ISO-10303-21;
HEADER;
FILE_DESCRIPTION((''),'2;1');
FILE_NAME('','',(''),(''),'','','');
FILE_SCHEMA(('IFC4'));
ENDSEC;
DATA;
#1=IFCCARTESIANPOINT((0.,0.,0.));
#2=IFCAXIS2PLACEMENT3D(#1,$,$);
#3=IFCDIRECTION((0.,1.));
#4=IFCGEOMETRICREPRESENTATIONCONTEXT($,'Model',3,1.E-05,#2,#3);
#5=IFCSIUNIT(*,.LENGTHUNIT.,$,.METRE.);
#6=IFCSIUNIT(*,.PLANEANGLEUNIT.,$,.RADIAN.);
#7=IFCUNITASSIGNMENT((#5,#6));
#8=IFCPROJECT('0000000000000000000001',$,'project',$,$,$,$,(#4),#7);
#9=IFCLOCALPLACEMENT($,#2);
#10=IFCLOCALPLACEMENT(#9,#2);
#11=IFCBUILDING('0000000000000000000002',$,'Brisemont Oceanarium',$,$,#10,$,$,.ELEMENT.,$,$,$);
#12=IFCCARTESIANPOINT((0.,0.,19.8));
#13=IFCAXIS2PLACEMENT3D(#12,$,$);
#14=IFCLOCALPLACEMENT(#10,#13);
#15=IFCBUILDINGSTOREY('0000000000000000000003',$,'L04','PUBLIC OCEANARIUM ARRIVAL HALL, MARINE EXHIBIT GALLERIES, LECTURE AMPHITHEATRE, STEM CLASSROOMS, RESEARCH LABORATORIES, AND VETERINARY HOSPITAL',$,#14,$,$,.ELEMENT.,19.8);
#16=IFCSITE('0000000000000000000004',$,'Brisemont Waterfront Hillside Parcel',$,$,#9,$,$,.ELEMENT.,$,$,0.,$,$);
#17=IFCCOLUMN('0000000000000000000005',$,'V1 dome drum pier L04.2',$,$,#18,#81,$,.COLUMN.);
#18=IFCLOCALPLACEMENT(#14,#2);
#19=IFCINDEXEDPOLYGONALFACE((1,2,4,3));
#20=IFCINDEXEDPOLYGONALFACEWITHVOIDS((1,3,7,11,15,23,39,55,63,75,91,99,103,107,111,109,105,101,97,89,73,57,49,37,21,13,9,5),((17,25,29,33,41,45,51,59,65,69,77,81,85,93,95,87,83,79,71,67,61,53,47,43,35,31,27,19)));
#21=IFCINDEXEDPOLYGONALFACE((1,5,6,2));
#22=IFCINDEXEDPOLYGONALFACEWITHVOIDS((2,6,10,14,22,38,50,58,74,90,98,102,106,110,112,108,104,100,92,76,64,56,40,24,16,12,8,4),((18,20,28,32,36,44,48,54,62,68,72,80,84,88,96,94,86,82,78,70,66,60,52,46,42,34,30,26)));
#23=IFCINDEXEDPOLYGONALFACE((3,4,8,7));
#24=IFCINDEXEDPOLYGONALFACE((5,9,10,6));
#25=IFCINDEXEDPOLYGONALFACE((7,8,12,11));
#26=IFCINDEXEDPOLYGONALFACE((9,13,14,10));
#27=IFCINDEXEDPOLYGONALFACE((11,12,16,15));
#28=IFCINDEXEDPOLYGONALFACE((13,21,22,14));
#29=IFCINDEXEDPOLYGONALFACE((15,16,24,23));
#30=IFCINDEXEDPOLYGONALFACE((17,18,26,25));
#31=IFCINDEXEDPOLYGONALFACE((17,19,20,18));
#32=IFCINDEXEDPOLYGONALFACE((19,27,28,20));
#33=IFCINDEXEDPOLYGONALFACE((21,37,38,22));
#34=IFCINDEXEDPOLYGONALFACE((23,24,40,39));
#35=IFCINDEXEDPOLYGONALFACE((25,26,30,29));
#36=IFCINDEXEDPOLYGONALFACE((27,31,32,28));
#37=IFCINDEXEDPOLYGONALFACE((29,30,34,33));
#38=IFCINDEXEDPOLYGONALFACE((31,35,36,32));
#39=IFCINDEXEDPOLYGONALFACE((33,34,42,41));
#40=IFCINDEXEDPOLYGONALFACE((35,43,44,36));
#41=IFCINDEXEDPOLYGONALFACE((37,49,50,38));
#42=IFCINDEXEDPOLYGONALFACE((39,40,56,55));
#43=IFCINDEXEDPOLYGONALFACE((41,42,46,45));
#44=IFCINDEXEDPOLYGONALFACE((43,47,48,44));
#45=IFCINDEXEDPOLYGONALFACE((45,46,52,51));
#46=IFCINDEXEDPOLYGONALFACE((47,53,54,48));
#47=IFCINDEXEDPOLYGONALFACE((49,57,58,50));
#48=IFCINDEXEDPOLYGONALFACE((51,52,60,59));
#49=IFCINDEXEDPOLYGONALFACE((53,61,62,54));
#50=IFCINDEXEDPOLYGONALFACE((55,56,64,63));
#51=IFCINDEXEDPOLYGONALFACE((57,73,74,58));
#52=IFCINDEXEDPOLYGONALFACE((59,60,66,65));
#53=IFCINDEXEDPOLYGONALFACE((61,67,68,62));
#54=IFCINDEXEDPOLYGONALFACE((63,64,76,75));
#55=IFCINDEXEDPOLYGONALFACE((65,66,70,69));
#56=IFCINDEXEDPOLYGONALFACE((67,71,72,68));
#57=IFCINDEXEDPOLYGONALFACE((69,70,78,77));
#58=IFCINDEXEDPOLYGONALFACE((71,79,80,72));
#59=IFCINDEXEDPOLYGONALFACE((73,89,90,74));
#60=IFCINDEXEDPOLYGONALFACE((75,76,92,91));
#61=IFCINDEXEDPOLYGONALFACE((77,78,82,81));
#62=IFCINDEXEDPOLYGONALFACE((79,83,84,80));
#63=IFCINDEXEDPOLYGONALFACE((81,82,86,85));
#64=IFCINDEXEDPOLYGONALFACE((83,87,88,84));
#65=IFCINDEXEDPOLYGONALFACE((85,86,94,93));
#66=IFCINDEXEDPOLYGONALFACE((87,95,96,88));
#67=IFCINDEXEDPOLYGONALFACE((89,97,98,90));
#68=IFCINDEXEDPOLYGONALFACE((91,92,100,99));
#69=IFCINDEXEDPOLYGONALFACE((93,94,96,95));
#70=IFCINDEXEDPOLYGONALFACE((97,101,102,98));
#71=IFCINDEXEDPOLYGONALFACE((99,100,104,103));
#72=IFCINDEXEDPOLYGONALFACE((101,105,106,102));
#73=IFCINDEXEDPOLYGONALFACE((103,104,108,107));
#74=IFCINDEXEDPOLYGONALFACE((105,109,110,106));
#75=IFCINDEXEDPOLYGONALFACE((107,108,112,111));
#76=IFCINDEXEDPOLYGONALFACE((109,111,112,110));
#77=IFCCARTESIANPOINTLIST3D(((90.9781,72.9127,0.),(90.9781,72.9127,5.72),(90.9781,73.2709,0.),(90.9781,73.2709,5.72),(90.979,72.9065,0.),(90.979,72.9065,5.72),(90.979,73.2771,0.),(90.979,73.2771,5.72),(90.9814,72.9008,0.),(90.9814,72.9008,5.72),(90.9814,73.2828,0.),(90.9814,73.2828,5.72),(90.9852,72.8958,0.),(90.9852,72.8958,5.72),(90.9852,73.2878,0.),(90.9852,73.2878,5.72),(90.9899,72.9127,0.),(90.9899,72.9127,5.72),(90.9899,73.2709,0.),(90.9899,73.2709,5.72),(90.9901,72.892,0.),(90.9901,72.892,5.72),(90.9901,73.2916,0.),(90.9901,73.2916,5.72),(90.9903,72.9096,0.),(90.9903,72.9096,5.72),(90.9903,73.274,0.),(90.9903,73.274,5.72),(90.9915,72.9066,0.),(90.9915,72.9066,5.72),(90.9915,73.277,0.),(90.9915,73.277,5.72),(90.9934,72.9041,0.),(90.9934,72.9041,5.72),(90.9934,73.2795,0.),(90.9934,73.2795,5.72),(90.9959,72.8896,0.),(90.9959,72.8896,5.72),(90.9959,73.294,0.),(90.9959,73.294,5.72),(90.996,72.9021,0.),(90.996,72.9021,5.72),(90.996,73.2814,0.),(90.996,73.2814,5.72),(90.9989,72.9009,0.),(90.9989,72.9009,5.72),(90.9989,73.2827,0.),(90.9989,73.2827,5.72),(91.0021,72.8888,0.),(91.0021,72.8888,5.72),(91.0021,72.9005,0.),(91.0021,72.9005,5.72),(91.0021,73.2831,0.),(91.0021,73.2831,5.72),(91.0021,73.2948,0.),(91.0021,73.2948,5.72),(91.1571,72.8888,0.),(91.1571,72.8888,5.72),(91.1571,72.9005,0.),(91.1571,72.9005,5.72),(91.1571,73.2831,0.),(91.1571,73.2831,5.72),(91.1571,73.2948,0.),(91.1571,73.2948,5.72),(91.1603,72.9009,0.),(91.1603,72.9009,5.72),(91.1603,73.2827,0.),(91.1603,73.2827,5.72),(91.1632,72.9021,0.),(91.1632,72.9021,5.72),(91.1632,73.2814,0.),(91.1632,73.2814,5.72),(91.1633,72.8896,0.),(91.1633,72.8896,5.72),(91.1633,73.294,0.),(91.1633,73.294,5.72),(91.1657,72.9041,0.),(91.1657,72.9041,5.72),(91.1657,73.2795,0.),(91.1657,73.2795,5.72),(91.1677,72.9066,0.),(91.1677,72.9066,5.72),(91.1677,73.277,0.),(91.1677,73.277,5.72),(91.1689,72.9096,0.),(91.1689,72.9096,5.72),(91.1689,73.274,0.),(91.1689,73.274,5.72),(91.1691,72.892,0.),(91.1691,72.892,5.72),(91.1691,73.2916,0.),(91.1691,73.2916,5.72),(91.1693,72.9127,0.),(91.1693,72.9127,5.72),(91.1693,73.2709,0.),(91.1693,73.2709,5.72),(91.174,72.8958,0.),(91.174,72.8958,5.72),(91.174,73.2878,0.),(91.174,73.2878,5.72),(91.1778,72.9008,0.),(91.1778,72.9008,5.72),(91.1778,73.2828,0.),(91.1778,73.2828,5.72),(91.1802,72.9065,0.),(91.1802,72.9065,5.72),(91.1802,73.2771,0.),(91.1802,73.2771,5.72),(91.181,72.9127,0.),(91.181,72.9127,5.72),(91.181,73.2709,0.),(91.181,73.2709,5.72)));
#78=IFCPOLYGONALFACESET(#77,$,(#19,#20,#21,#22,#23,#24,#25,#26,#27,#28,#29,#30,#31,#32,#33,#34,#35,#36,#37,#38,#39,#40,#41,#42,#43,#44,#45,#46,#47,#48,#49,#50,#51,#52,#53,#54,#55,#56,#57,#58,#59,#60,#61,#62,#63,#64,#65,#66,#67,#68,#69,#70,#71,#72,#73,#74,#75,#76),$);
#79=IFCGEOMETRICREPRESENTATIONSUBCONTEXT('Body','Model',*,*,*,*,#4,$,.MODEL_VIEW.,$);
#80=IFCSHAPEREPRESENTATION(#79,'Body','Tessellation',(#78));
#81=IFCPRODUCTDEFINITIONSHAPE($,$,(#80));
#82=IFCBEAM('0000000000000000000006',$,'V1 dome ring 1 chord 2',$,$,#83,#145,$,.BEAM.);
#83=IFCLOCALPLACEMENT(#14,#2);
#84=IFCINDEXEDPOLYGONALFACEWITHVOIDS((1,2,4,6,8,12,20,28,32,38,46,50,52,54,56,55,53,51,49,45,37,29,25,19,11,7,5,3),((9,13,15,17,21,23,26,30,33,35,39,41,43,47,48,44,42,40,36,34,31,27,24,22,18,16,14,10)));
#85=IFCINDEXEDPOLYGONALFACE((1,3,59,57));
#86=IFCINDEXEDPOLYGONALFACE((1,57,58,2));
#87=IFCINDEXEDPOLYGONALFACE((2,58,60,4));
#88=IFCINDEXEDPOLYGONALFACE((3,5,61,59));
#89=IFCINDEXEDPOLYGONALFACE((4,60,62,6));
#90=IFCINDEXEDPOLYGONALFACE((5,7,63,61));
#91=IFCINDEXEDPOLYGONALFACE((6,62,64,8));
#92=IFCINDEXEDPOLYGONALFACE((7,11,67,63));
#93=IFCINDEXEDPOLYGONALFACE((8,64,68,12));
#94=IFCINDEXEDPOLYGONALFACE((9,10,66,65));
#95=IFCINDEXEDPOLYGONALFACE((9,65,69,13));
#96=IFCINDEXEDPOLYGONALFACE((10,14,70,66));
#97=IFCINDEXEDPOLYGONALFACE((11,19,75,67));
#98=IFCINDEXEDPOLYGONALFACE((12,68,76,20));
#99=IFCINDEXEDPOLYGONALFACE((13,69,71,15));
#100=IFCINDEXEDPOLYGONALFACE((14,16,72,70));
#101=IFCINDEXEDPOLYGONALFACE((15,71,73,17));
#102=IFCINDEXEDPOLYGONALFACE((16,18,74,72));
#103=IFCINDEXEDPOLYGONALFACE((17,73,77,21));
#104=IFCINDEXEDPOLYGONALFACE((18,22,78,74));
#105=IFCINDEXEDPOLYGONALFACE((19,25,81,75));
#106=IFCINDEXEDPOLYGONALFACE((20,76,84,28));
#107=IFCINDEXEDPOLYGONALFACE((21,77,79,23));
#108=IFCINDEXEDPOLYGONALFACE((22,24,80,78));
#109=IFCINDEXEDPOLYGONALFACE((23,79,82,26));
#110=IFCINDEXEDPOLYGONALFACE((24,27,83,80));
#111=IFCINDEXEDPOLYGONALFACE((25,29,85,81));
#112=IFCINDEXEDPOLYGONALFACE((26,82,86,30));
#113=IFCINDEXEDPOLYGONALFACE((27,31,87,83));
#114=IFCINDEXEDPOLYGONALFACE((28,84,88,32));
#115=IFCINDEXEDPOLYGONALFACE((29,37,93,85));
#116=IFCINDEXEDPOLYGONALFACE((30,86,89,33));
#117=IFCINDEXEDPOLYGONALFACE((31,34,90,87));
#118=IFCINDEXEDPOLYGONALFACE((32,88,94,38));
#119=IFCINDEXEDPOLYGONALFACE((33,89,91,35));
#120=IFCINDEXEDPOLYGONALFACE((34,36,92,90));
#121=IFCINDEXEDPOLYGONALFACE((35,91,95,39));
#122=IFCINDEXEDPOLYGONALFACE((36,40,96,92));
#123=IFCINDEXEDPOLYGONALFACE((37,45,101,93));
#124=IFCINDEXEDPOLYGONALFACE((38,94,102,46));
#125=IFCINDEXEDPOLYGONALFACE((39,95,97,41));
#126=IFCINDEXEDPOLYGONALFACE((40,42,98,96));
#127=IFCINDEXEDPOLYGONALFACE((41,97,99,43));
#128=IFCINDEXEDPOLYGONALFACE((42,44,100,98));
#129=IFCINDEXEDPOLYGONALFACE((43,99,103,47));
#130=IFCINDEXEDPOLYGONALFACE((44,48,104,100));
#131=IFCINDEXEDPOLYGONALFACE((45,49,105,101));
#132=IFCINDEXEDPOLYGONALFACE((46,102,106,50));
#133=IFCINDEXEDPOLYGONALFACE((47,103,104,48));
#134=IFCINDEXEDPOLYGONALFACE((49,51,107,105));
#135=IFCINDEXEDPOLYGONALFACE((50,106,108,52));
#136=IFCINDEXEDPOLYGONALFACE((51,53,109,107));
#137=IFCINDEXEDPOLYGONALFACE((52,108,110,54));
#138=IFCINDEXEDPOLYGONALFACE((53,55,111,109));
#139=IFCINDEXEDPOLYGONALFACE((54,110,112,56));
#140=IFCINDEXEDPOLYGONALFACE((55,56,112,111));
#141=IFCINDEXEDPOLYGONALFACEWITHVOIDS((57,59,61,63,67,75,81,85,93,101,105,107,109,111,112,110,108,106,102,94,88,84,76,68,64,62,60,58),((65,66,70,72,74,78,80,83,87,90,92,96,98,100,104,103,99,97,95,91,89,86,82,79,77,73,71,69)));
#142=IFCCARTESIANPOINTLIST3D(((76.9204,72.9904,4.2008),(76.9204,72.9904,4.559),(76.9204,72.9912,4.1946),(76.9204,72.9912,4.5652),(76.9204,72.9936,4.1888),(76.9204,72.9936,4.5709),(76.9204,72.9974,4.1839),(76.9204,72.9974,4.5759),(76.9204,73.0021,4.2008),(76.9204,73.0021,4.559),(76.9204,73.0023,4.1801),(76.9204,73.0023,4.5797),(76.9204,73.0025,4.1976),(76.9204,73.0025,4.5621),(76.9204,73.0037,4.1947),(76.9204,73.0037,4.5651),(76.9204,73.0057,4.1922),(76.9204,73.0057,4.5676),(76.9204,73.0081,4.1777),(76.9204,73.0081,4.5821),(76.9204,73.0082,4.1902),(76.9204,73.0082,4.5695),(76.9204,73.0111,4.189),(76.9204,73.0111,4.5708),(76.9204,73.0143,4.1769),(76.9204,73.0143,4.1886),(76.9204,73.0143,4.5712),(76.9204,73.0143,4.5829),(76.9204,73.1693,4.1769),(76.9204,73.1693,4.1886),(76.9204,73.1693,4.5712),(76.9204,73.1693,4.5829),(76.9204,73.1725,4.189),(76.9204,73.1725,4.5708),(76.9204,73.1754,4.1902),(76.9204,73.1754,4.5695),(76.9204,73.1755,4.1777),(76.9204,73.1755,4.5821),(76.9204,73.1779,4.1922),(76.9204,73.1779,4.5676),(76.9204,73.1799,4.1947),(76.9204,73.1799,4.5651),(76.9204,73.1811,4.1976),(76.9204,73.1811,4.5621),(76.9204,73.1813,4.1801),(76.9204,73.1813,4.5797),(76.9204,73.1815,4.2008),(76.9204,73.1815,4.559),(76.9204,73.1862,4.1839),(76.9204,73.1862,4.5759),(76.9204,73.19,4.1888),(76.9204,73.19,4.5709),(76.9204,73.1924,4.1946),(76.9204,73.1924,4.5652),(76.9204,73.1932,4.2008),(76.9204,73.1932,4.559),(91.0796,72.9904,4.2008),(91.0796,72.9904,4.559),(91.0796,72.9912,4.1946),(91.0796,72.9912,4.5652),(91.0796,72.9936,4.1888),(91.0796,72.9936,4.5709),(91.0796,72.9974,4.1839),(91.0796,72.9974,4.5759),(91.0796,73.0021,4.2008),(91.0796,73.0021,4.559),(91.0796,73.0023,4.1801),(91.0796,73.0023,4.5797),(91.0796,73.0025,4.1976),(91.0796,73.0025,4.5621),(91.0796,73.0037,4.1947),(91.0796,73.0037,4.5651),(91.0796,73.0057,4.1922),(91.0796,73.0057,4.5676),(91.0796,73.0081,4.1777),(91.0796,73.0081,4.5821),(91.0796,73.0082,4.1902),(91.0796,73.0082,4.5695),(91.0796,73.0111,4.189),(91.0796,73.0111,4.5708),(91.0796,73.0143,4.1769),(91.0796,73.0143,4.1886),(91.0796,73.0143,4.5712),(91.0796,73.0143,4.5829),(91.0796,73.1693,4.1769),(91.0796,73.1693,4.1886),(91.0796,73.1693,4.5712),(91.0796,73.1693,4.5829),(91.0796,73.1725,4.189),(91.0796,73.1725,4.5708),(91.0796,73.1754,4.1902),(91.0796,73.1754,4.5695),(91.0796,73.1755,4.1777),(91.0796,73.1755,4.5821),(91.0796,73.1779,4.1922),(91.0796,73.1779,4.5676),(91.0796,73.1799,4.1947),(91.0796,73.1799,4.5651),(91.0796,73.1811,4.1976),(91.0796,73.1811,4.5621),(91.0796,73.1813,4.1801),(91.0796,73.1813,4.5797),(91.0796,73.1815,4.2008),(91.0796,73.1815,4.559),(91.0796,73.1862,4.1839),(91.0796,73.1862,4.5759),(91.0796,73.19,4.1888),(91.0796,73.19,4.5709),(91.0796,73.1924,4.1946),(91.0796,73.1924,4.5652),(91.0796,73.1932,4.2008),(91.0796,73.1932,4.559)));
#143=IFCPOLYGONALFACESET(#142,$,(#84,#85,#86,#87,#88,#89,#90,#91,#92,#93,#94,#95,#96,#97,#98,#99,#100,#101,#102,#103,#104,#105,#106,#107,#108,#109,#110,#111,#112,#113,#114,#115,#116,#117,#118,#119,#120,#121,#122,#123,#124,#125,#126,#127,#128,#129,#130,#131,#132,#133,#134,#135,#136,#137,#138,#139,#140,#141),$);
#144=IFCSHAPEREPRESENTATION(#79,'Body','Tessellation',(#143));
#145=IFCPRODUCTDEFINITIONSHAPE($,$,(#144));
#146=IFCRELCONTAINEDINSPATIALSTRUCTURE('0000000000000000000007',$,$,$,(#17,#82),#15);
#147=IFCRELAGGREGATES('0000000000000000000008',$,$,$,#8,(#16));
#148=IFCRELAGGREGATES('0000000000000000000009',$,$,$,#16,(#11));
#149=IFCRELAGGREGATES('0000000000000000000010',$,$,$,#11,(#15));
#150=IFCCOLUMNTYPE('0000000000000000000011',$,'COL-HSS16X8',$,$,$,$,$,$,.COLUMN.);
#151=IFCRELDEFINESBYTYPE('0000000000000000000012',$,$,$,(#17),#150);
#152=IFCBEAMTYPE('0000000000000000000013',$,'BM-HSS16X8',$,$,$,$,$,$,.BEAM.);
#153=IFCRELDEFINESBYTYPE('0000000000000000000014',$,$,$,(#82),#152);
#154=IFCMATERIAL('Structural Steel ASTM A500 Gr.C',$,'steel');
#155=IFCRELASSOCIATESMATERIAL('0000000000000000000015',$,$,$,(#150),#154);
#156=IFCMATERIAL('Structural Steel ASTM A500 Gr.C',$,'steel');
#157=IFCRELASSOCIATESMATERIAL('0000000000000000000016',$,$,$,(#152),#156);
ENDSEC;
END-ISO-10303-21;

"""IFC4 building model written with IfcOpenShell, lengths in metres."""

from ifc_helpers import new_model, si_unit, direction, frame, origin, origin_2d, place, context, subcontext, project, spatial, hollow_rectangle, extrude, material, material_profile, profile_set, type_object, element, save


model = new_model("IFC4")

# Units and contexts
model_context = context("Model", 3, precision=1e-05, world=origin(), true_north=direction((0.0, 1.0)))
body_context = subcontext(model_context, "Body", "Model", "MODEL_VIEW")
ifc_project = project(units=[si_unit("LENGTHUNIT", "METRE"), si_unit("PLANEANGLEUNIT", "RADIAN")], contexts=[model_context])

# Site, building, storey
site_placement = place(None, origin())
site = spatial("IfcSite", under=ifc_project, at=site_placement, Name="Brisemont Waterfront Hillside Parcel", CompositionType="ELEMENT", RefElevation=0.0)
building_placement = place(site_placement, origin())
building = spatial("IfcBuilding", under=site, at=building_placement, Name="Brisemont Oceanarium", CompositionType="ELEMENT")
storey_placement = place(building_placement, frame((0.0, 0.0, 19.8)))
storey = spatial("IfcBuildingStorey", under=building, at=storey_placement, Name="L04", Description="PUBLIC OCEANARIUM ARRIVAL HALL, MARINE EXHIBIT GALLERIES, LECTURE AMPHITHEATRE, STEM CLASSROOMS, RESEARCH LABORATORIES, AND VETERINARY HOSPITAL", CompositionType="ELEMENT", Elevation=19.8)

# Column
ifc_material_1 = material(Name="Structural Steel ASTM A500 Gr.C", Category="steel")
ifc_material_profile_1 = material_profile(ifc_material_1, hollow_rectangle(XDim=0.2029, YDim=0.406, WallThickness=0.0117, InnerFilletRadius=0.0122, OuterFilletRadius=0.0239, at=origin_2d()), Name="HSS16X8X1/2")
ifc_profile_set_1 = profile_set([ifc_material_profile_1], Name="Structural Steel ASTM A500 Gr.C")
column_type = type_object("IfcColumnType", Name="COL-HSS16X8", PredefinedType="COLUMN", material=ifc_profile_set_1)
column_placement = place(storey_placement, frame((91.0796, 73.0918, 0.0), z_axis=(0.0, 0.0, 1.0), x_axis=(1.0, 0.0, 0.0)))
element("IfcColumn", 1, at=column_placement, inside=storey, type_object=column_type, Name="V1 dome drum pier L04.2", PredefinedType="COLUMN", context=body_context, shape_type="SweptSolid", body=[
    extrude(hollow_rectangle(XDim=0.2029, YDim=0.406, WallThickness=0.0117, InnerFilletRadius=0.0122, OuterFilletRadius=0.0239, at=origin_2d()), origin(), (0.0, 0.0, 1.0), 5.72),
])

# Beam
ifc_material_2 = material(Name="Structural Steel ASTM A500 Gr.C", Category="steel")
ifc_material_profile_2 = material_profile(ifc_material_2, hollow_rectangle(XDim=0.2029, YDim=0.406, WallThickness=0.0117, InnerFilletRadius=0.0122, OuterFilletRadius=0.0239, at=origin_2d()), Name="HSS16X8X1/2")
ifc_profile_set_2 = profile_set([ifc_material_profile_2], Name="Structural Steel ASTM A500 Gr.C")
beam_type_1 = type_object("IfcBeamType", Name="BM-HSS16X8", PredefinedType="BEAM", material=ifc_profile_set_2)
beam_1_placement = place(storey_placement, frame((91.0796, 73.0918, 4.3799), z_axis=(-1.0, 0.0, 0.0), x_axis=(0.0, -1.0, 0.0)))
element("IfcBeam", 2, at=beam_1_placement, inside=storey, type_object=beam_type_1, Name="V1 dome ring 1 chord 2", PredefinedType="BEAM", context=body_context, shape_type="SweptSolid", body=[
    extrude(hollow_rectangle(XDim=0.2029, YDim=0.406, WallThickness=0.0117, InnerFilletRadius=0.0122, OuterFilletRadius=0.0239, at=origin_2d()), origin(), (0.0, 0.0, 1.0), 14.1592),
])

save(model, "model.ifc")
